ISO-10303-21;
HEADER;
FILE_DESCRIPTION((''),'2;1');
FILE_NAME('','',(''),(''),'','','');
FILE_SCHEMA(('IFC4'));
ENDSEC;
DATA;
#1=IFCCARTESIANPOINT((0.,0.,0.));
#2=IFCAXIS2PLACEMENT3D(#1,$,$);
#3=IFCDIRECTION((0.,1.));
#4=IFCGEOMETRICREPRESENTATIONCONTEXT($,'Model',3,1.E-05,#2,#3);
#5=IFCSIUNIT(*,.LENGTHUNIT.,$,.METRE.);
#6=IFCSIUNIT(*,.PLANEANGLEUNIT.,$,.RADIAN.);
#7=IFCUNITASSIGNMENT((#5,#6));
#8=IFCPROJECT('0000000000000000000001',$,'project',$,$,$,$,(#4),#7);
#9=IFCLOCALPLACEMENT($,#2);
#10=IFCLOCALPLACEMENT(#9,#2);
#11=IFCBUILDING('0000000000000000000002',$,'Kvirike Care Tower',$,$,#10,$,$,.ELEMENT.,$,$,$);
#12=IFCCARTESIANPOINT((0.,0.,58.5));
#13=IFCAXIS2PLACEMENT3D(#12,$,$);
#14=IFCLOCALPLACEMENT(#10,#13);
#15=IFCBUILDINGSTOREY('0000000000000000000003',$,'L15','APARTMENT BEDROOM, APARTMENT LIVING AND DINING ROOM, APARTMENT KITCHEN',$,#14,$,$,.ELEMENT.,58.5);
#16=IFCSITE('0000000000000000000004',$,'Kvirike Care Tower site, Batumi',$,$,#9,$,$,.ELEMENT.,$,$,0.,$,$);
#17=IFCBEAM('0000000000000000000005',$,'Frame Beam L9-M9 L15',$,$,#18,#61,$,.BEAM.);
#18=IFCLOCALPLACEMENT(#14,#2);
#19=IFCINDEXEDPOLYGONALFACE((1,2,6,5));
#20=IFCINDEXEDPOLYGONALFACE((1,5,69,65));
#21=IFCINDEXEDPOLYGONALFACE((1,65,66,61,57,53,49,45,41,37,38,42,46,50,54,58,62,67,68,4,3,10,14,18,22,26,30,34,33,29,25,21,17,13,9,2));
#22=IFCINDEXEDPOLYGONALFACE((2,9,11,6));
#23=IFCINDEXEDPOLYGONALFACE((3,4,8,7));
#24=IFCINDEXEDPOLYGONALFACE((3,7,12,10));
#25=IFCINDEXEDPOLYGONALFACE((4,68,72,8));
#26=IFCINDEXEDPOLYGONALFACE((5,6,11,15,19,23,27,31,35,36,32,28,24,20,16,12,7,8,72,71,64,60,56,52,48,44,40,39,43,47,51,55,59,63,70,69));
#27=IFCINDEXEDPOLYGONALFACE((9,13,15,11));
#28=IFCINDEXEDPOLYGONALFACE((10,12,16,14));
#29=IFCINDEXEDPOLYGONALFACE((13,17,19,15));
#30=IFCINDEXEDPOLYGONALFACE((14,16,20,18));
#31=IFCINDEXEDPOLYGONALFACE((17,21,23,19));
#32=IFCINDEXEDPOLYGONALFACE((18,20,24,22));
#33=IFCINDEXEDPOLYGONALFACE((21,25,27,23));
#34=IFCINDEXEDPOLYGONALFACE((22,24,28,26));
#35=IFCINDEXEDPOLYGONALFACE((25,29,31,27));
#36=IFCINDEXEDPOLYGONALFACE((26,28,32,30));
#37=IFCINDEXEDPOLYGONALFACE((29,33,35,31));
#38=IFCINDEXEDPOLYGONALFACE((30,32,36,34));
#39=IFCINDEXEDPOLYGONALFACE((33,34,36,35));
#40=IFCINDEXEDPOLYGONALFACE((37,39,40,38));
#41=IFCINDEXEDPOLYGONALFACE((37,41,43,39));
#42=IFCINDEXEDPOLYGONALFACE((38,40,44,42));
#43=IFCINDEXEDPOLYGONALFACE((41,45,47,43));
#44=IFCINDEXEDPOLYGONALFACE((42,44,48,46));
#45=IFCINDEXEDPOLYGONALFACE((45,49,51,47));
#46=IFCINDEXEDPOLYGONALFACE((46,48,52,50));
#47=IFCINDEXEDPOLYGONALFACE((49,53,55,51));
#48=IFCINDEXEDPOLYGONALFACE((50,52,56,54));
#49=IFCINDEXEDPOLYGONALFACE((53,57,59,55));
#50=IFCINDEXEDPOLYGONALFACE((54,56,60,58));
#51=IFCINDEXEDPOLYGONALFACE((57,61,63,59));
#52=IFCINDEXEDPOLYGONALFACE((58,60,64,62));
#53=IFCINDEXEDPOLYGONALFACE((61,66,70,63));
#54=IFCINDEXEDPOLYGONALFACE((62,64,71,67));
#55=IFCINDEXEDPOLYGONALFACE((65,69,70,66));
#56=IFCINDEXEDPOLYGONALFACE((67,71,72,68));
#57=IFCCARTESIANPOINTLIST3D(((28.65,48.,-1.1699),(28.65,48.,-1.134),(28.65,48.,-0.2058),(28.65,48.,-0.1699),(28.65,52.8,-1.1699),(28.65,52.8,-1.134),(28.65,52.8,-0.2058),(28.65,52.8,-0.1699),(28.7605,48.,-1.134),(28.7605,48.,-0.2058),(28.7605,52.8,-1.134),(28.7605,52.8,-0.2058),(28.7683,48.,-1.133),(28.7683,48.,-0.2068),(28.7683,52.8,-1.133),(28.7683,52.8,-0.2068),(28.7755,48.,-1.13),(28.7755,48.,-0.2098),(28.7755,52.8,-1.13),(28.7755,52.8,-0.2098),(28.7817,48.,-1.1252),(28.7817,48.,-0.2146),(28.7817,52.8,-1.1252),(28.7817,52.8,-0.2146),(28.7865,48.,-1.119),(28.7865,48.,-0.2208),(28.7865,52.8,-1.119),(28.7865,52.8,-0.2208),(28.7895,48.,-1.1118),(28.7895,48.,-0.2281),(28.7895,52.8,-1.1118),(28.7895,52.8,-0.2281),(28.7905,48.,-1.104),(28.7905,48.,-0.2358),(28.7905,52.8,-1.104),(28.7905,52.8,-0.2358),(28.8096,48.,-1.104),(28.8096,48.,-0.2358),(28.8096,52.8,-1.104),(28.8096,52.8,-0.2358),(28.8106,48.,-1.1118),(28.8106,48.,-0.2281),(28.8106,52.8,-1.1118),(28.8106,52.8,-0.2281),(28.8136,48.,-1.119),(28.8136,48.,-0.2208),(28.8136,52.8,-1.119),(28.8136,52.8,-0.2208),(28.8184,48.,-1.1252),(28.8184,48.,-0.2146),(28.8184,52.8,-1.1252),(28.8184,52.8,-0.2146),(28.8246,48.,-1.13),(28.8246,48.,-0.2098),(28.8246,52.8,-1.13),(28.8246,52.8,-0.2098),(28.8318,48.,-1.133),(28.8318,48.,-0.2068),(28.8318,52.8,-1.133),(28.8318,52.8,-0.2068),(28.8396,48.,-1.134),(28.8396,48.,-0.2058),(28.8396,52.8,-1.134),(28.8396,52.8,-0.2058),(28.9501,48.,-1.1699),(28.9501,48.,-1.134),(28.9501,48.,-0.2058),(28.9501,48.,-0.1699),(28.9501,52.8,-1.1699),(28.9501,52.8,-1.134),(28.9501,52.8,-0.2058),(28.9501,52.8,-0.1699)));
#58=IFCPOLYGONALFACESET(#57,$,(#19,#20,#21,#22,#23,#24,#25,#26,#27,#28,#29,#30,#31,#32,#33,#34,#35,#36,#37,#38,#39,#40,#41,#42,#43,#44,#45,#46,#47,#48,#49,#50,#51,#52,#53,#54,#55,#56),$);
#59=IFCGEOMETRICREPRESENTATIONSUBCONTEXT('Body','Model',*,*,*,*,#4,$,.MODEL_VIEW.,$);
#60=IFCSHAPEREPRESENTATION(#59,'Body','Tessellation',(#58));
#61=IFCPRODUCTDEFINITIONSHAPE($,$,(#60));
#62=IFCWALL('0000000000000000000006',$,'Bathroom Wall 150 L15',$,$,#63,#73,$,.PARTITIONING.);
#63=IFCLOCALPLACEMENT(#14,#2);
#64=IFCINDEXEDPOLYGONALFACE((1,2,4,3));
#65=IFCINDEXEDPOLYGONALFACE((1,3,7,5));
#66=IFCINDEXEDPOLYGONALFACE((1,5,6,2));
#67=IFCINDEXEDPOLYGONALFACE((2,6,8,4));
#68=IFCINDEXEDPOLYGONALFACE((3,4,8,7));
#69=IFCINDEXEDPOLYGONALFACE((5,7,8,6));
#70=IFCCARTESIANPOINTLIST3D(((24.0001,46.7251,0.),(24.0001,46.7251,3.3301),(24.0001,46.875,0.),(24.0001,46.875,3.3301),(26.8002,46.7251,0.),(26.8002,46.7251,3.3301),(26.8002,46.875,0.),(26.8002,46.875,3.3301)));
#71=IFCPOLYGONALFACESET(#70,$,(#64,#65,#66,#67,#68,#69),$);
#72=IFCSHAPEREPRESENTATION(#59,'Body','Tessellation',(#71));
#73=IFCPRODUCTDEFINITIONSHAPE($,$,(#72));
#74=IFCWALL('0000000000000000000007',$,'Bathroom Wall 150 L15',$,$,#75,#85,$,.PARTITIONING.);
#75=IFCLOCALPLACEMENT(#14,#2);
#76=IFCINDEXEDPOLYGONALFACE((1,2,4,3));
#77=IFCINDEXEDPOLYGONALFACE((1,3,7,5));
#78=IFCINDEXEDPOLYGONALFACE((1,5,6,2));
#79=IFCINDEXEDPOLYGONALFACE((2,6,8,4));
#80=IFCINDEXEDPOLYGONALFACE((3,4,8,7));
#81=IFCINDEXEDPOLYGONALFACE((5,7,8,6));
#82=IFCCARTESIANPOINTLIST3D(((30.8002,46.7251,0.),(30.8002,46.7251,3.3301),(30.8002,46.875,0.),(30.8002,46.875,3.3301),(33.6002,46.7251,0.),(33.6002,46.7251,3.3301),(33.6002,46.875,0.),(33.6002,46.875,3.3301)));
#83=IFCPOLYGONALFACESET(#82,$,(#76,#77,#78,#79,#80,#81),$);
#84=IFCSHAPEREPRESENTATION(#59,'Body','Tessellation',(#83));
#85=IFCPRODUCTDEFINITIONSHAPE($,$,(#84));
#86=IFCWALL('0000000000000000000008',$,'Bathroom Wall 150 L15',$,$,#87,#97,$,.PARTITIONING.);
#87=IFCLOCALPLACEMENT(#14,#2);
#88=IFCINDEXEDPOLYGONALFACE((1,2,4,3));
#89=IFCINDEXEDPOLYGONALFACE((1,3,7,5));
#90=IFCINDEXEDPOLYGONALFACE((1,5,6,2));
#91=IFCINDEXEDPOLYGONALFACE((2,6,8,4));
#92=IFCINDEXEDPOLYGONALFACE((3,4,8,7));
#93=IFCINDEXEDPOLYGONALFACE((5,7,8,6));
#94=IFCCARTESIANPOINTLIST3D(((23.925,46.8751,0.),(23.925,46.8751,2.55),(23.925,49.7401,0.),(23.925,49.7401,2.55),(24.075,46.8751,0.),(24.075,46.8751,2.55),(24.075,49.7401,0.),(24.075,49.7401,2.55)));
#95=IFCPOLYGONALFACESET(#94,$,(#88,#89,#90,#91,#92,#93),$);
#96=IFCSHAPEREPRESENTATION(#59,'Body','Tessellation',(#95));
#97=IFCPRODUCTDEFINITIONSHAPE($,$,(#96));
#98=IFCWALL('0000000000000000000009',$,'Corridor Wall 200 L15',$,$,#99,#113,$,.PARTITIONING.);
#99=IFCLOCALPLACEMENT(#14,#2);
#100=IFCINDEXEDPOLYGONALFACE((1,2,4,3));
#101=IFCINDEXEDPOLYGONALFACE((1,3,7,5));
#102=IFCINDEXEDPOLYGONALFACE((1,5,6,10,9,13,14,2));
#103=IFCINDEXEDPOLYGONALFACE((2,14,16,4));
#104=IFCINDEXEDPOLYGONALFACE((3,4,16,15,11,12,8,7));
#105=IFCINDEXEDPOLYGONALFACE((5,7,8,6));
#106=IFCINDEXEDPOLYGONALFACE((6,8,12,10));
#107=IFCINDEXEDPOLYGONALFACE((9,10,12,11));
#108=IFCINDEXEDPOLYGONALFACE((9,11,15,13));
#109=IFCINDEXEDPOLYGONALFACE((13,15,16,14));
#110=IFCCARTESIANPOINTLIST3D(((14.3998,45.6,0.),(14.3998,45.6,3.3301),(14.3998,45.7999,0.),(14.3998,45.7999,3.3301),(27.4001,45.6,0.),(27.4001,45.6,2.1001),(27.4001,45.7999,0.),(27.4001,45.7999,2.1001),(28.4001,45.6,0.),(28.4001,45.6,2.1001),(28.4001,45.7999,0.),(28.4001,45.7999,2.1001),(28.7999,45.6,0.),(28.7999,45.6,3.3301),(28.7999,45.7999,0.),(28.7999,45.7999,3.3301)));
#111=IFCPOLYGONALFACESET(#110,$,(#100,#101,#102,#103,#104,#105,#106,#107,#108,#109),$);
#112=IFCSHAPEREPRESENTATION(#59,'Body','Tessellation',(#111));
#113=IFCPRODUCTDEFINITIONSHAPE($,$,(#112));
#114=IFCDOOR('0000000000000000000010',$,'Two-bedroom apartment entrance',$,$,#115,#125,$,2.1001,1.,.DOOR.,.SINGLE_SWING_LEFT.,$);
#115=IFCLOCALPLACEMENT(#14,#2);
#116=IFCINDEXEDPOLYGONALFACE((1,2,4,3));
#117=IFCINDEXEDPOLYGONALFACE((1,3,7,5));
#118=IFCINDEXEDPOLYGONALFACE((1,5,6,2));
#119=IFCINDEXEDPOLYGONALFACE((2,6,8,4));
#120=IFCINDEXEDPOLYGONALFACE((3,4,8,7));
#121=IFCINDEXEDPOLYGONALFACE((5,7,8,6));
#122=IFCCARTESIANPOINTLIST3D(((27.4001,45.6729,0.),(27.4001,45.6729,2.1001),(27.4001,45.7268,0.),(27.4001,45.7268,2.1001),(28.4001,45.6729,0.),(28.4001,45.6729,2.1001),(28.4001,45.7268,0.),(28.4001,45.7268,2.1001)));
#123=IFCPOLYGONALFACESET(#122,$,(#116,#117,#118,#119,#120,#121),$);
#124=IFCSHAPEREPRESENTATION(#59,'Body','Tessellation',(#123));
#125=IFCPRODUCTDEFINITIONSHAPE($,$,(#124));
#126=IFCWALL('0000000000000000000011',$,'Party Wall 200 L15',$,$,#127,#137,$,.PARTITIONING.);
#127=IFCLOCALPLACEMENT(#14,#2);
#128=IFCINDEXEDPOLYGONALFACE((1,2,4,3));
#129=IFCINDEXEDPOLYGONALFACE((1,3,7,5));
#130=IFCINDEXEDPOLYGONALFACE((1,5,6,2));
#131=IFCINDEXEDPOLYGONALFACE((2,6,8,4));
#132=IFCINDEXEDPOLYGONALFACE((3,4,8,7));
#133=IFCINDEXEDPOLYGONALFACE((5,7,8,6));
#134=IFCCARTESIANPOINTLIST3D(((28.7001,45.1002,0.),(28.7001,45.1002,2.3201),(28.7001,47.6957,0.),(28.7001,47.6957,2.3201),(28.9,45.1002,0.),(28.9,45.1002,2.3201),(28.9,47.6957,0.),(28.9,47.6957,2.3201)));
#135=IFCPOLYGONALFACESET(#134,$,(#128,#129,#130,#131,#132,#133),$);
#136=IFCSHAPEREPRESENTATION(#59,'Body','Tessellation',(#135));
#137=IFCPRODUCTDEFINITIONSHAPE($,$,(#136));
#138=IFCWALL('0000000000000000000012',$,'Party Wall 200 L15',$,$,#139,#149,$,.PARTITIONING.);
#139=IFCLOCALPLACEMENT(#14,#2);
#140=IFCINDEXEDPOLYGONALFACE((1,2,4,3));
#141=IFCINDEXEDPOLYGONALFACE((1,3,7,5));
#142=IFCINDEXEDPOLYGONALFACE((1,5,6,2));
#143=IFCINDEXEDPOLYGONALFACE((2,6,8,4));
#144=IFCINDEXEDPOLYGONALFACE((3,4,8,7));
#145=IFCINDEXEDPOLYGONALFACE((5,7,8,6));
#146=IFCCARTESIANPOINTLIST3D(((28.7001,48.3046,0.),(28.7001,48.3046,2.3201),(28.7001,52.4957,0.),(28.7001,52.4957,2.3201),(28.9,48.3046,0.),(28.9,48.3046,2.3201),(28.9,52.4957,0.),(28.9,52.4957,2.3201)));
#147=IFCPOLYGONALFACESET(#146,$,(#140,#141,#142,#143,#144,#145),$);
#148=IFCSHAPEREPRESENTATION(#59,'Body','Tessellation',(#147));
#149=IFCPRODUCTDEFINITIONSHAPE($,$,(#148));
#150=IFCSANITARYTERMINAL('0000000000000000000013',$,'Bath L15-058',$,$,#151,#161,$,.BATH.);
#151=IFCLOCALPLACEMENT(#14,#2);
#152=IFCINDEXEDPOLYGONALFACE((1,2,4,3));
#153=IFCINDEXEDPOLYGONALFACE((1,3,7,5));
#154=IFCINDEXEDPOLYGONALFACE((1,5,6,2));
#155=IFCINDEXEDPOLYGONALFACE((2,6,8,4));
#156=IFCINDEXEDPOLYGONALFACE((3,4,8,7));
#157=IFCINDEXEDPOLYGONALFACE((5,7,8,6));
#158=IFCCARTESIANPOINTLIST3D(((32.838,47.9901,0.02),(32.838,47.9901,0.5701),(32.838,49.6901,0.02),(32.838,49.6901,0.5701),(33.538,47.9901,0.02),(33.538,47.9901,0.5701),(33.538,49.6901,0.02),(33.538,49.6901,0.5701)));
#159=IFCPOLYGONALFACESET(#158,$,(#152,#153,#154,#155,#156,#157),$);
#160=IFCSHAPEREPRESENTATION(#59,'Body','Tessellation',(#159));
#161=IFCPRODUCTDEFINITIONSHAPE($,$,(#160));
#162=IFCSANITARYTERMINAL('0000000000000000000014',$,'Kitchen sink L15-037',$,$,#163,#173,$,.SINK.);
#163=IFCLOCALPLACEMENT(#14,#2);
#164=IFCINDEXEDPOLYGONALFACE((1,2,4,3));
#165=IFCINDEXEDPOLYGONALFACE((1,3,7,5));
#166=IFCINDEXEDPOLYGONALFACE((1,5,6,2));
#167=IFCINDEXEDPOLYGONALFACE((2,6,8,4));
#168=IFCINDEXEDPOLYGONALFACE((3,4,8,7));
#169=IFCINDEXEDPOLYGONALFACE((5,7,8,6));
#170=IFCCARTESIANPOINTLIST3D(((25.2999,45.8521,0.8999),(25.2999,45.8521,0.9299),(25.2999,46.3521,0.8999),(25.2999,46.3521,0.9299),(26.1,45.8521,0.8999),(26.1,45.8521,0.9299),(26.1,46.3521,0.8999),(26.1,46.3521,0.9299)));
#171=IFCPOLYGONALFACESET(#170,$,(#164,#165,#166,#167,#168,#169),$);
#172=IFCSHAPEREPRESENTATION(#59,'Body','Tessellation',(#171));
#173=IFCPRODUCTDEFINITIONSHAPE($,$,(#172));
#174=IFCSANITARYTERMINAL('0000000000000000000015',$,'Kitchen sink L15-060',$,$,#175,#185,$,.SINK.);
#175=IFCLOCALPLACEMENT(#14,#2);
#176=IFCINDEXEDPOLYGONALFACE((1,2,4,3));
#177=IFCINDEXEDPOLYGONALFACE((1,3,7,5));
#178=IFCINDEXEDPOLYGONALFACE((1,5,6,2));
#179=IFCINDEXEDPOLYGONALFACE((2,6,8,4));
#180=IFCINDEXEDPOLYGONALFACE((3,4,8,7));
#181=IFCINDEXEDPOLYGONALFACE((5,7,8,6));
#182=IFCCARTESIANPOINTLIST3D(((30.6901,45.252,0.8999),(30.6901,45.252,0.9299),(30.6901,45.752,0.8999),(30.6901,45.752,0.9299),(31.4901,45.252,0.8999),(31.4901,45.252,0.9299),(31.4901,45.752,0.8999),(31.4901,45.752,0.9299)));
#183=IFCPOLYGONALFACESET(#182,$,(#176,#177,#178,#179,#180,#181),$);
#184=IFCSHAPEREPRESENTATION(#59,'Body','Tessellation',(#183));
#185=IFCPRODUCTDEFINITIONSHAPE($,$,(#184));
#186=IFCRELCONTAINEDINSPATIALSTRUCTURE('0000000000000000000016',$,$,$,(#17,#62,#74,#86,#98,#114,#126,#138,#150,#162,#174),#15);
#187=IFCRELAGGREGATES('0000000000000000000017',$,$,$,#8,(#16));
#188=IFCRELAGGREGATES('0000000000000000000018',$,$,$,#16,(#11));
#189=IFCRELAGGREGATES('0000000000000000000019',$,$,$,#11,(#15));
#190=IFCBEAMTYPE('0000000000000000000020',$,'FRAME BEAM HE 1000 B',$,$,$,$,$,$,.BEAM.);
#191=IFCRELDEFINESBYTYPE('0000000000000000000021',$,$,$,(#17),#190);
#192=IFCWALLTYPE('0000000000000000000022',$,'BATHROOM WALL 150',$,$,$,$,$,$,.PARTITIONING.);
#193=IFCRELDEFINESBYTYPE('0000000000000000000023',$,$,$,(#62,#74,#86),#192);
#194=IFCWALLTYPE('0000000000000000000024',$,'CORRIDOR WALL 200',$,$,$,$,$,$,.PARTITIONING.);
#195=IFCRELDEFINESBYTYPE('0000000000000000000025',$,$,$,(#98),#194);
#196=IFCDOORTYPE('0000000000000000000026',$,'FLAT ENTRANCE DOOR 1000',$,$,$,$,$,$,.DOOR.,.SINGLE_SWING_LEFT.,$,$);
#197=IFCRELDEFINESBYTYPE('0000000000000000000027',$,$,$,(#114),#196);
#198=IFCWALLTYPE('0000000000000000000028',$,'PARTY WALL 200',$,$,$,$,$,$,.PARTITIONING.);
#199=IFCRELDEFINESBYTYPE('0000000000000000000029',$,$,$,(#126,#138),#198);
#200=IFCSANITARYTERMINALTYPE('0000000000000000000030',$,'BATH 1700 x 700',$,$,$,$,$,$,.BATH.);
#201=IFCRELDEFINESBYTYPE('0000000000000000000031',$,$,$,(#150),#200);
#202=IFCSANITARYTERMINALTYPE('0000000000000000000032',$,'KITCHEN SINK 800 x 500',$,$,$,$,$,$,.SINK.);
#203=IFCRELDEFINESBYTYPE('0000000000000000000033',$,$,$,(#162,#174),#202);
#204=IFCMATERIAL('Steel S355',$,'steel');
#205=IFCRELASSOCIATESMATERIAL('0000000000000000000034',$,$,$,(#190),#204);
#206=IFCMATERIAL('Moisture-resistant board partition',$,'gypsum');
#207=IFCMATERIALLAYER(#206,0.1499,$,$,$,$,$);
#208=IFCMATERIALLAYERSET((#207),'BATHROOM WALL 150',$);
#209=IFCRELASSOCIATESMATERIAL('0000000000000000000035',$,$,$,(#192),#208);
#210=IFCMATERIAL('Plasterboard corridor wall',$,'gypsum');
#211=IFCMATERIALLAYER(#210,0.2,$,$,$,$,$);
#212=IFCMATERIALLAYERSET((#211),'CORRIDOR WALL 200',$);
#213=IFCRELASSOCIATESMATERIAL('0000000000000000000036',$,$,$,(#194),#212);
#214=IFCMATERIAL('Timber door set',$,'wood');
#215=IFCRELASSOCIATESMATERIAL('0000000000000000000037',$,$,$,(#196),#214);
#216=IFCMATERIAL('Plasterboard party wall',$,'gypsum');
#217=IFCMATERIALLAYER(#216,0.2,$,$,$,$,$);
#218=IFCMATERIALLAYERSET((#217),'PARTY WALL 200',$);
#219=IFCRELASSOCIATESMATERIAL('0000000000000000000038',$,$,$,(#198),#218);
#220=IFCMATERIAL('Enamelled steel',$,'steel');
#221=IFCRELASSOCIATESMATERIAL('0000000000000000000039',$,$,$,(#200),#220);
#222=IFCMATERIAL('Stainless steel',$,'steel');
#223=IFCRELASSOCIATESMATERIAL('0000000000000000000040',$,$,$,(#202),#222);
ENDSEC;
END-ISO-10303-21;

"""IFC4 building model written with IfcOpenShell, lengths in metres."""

from ifc_helpers import new_model, si_unit, direction, frame, frame_2d, origin, origin_2d, place, context, subcontext, project, spatial, rectangle, i_section, extrude, material, layer, layer_set, material_profile, profile_set, type_object, element, fill, save


model = new_model("IFC4")

# Units and contexts
model_context = context("Model", 3, precision=1e-05, world=origin(), true_north=direction((0.0, 1.0)))
body_context = subcontext(model_context, "Body", "Model", "MODEL_VIEW")
ifc_project = project(units=[si_unit("LENGTHUNIT", "METRE"), si_unit("PLANEANGLEUNIT", "RADIAN")], contexts=[model_context])

# Site, building, storey
site_placement = place(None, origin())
site = spatial("IfcSite", under=ifc_project, at=site_placement, Name="Kvirike Care Tower site, Batumi", CompositionType="ELEMENT", RefElevation=0.0)
building_placement = place(site_placement, origin())
building = spatial("IfcBuilding", under=site, at=building_placement, Name="Kvirike Care Tower", CompositionType="ELEMENT")
storey_placement = place(building_placement, frame((0.0, 0.0, 58.5)))
storey = spatial("IfcBuildingStorey", under=building, at=storey_placement, Name="L15", Description="APARTMENT BEDROOM, APARTMENT LIVING AND DINING ROOM, APARTMENT KITCHEN", CompositionType="ELEMENT", Elevation=58.5)

# Beam
ifc_material_1 = material(Name="Steel S355", Category="steel")
ifc_material_profile_1 = material_profile(ifc_material_1, i_section(OverallWidth=0.3, OverallDepth=1.0, WebThickness=0.019, FlangeThickness=0.0359, FilletRadius=0.03, at=origin_2d()), Name="HE 1000 B")
ifc_profile_set_1 = profile_set([ifc_material_profile_1], Name="Steel S355")
beam_type_1 = type_object("IfcBeamType", Name="FRAME BEAM HE 1000 B", PredefinedType="BEAM", material=ifc_profile_set_1)
beam_1_placement = place(storey_placement, frame((28.8, 48.0, -0.6699), z_axis=(0.0, 1.0, 0.0), x_axis=(-1.0, 0.0, 0.0)))
element("IfcBeam", 1, at=beam_1_placement, inside=storey, type_object=beam_type_1, Name="Frame Beam L9-M9 L15", PredefinedType="BEAM", context=body_context, shape_type="SweptSolid", body=[
    extrude(i_section(OverallWidth=0.3, OverallDepth=1.0, WebThickness=0.019, FlangeThickness=0.0359, FilletRadius=0.03, at=origin_2d()), origin(), (0.0, 0.0, 1.0), 4.8),
])

# Walls
ifc_material_2 = material(Name="Moisture-resistant board partition", Category="gypsum")
ifc_layer_1 = layer(ifc_material_2, 0.1499)
ifc_layer_set_1 = layer_set([ifc_layer_1], Name="BATHROOM WALL 150")
wall_type_1 = type_object("IfcWallType", Name="BATHROOM WALL 150", PredefinedType="PARTITIONING", material=ifc_layer_set_1)
for number, where, z_axis, x_axis, name in (
    (2, (26.8, 46.8, 0.0), (0.0, 0.0, 1.0), (-1.0, 0.0, 0.0), "Bathroom Wall 150 L15"),
    (3, (33.6001, 46.8, 0.0), (0.0, 0.0, 1.0), (-1.0, 0.0, 0.0), "Bathroom Wall 150 L15"),
):
    element("IfcWall", number, at=place(storey_placement, frame(where, z_axis=z_axis, x_axis=x_axis)), inside=storey, type_object=wall_type_1, Name=name, PredefinedType="PARTITIONING", context=body_context, shape_type="SweptSolid", body=[
        extrude(rectangle(XDim=2.8, YDim=0.1499, at=frame_2d((1.3999, 0.0))), origin(), (0.0, 0.0, 1.0), 3.3301),
    ])
wall_1_placement = place(storey_placement, frame((24.0, 46.875, 0.0), z_axis=(0.0, 0.0, 1.0), x_axis=(0.0, 1.0, 0.0)))
element("IfcWall", 4, at=wall_1_placement, inside=storey, type_object=wall_type_1, Name="Bathroom Wall 150 L15", PredefinedType="PARTITIONING", context=body_context, shape_type="SweptSolid", body=[
    extrude(rectangle(XDim=2.865, YDim=0.1499, at=frame_2d((1.4326, 0.0))), origin(), (0.0, 0.0, 1.0), 2.55),
])

# Wall, opening, door
ifc_material_3 = material(Name="Plasterboard corridor wall", Category="gypsum")
ifc_layer_2 = layer(ifc_material_3, 0.2)
ifc_layer_set_2 = layer_set([ifc_layer_2], Name="CORRIDOR WALL 200")
wall_type_2 = type_object("IfcWallType", Name="CORRIDOR WALL 200", PredefinedType="PARTITIONING", material=ifc_layer_set_2)
wall_2_placement = place(storey_placement, frame((28.8, 45.7, 0.0), z_axis=(0.0, 0.0, 1.0), x_axis=(-1.0, 0.0, 0.0)))
wall_2 = element("IfcWall", 5, at=wall_2_placement, inside=storey, type_object=wall_type_2, Name="Corridor Wall 200 L15", PredefinedType="PARTITIONING", context=body_context, shape_type="SweptSolid", body=[
    extrude(rectangle(XDim=14.4001, YDim=0.2, at=frame_2d((7.2002, 0.0))), origin(), (0.0, 0.0, 1.0), 3.3301),
])
opening_placement = place(wall_2_placement, frame((0.3999, 0.0, 0.0)))
opening = element("IfcOpeningElement", 6, at=opening_placement, cuts=wall_2, PredefinedType="OPENING", context=body_context, shape_type="SweptSolid", body=[
    extrude(rectangle(XDim=1.0, YDim=2.1001, at=frame_2d((0.5, 1.05))), frame((0.0, 0.1106, 0.0), z_axis=(0.0, -1.0, 0.0), x_axis=(1.0, 0.0, 0.0)), (0.0, 0.0, 1.0), 0.2209),
])
ifc_material_4 = material(Name="Timber door set", Category="wood")
door_type = type_object("IfcDoorType", Name="FLAT ENTRANCE DOOR 1000", OperationType="SINGLE_SWING_LEFT", PredefinedType="DOOR", material=ifc_material_4)
door_placement = place(opening_placement, frame((1.0, 0.0, 0.0), z_axis=(0.0, 0.0, 1.0), x_axis=(-1.0, 0.0, 0.0)))
door = element("IfcDoor", 7, at=door_placement, inside=storey, type_object=door_type, Name="Two-bedroom apartment entrance", OperationType="SINGLE_SWING_LEFT", OverallHeight=2.1001, OverallWidth=1.0, PredefinedType="DOOR", context=body_context, shape_type="SweptSolid", body=[
    extrude(rectangle(XDim=1.0, YDim=2.1001, at=frame_2d((0.5, 1.05))), frame((0.0, 0.0269, 0.0), z_axis=(0.0, -1.0, 0.0), x_axis=(1.0, 0.0, 0.0)), (0.0, 0.0, 1.0), 0.054),
])
fill(opening, door)

# Walls
ifc_material_5 = material(Name="Plasterboard party wall", Category="gypsum")
ifc_layer_3 = layer(ifc_material_5, 0.2)
ifc_layer_set_3 = layer_set([ifc_layer_3], Name="PARTY WALL 200")
wall_type_3 = type_object("IfcWallType", Name="PARTY WALL 200", PredefinedType="PARTITIONING", material=ifc_layer_set_3)
wall_3_placement = place(storey_placement, frame((28.8, 45.1001, 0.0), z_axis=(0.0, 0.0, 1.0), x_axis=(0.0, 1.0, 0.0)))
element("IfcWall", 8, at=wall_3_placement, inside=storey, type_object=wall_type_3, Name="Party Wall 200 L15", PredefinedType="PARTITIONING", context=body_context, shape_type="SweptSolid", body=[
    extrude(rectangle(XDim=2.5955, YDim=0.2, at=frame_2d((1.2979, 0.0))), origin(), (0.0, 0.0, 1.0), 2.3201),
])
wall_4_placement = place(storey_placement, frame((28.8, 48.3044, 0.0), z_axis=(0.0, 0.0, 1.0), x_axis=(0.0, 1.0, 0.0)))
element("IfcWall", 9, at=wall_4_placement, inside=storey, type_object=wall_type_3, Name="Party Wall 200 L15", PredefinedType="PARTITIONING", context=body_context, shape_type="SweptSolid", body=[
    extrude(rectangle(XDim=4.1912, YDim=0.2, at=frame_2d((2.0957, 0.0))), origin(), (0.0, 0.0, 1.0), 2.3201),
])

# Sanitary terminals
ifc_material_6 = material(Name="Enamelled steel", Category="steel")
sanitary_terminal_type_1 = type_object("IfcSanitaryTerminalType", Name="BATH 1700 x 700", PredefinedType="BATH", material=ifc_material_6)
sanitary_terminal_1_placement = place(storey_placement, frame((33.188, 48.8401, 0.02), z_axis=(0.0, 0.0, 1.0), x_axis=(0.0, -1.0, 0.0)))
element("IfcSanitaryTerminal", 10, at=sanitary_terminal_1_placement, inside=storey, type_object=sanitary_terminal_type_1, Name="Bath L15-058", PredefinedType="BATH", context=body_context, shape_type="SweptSolid", body=[
    extrude(rectangle(XDim=1.7, YDim=0.7, at=origin_2d()), origin(), (0.0, 0.0, 1.0), 0.55),
])
ifc_material_7 = material(Name="Stainless steel", Category="steel")
sanitary_terminal_type_2 = type_object("IfcSanitaryTerminalType", Name="KITCHEN SINK 800 x 500", PredefinedType="SINK", material=ifc_material_7)
for number, where, z_axis, x_axis, name in (
    (11, (25.7, 46.1021, 0.8999), (0.0, 0.0, 1.0), (-1.0, 0.0, 0.0), "Kitchen sink L15-037"),
    (12, (31.0901, 45.502, 0.8999), (0.0, 0.0, 1.0), (-1.0, 0.0, 0.0), "Kitchen sink L15-060"),
):
    element("IfcSanitaryTerminal", number, at=place(storey_placement, frame(where, z_axis=z_axis, x_axis=x_axis)), inside=storey, type_object=sanitary_terminal_type_2, Name=name, PredefinedType="SINK", context=body_context, shape_type="SweptSolid", body=[
        extrude(rectangle(XDim=0.8, YDim=0.5, at=origin_2d()), origin(), (0.0, 0.0, 1.0), 0.03),
    ])

save(model, "model.ifc")
